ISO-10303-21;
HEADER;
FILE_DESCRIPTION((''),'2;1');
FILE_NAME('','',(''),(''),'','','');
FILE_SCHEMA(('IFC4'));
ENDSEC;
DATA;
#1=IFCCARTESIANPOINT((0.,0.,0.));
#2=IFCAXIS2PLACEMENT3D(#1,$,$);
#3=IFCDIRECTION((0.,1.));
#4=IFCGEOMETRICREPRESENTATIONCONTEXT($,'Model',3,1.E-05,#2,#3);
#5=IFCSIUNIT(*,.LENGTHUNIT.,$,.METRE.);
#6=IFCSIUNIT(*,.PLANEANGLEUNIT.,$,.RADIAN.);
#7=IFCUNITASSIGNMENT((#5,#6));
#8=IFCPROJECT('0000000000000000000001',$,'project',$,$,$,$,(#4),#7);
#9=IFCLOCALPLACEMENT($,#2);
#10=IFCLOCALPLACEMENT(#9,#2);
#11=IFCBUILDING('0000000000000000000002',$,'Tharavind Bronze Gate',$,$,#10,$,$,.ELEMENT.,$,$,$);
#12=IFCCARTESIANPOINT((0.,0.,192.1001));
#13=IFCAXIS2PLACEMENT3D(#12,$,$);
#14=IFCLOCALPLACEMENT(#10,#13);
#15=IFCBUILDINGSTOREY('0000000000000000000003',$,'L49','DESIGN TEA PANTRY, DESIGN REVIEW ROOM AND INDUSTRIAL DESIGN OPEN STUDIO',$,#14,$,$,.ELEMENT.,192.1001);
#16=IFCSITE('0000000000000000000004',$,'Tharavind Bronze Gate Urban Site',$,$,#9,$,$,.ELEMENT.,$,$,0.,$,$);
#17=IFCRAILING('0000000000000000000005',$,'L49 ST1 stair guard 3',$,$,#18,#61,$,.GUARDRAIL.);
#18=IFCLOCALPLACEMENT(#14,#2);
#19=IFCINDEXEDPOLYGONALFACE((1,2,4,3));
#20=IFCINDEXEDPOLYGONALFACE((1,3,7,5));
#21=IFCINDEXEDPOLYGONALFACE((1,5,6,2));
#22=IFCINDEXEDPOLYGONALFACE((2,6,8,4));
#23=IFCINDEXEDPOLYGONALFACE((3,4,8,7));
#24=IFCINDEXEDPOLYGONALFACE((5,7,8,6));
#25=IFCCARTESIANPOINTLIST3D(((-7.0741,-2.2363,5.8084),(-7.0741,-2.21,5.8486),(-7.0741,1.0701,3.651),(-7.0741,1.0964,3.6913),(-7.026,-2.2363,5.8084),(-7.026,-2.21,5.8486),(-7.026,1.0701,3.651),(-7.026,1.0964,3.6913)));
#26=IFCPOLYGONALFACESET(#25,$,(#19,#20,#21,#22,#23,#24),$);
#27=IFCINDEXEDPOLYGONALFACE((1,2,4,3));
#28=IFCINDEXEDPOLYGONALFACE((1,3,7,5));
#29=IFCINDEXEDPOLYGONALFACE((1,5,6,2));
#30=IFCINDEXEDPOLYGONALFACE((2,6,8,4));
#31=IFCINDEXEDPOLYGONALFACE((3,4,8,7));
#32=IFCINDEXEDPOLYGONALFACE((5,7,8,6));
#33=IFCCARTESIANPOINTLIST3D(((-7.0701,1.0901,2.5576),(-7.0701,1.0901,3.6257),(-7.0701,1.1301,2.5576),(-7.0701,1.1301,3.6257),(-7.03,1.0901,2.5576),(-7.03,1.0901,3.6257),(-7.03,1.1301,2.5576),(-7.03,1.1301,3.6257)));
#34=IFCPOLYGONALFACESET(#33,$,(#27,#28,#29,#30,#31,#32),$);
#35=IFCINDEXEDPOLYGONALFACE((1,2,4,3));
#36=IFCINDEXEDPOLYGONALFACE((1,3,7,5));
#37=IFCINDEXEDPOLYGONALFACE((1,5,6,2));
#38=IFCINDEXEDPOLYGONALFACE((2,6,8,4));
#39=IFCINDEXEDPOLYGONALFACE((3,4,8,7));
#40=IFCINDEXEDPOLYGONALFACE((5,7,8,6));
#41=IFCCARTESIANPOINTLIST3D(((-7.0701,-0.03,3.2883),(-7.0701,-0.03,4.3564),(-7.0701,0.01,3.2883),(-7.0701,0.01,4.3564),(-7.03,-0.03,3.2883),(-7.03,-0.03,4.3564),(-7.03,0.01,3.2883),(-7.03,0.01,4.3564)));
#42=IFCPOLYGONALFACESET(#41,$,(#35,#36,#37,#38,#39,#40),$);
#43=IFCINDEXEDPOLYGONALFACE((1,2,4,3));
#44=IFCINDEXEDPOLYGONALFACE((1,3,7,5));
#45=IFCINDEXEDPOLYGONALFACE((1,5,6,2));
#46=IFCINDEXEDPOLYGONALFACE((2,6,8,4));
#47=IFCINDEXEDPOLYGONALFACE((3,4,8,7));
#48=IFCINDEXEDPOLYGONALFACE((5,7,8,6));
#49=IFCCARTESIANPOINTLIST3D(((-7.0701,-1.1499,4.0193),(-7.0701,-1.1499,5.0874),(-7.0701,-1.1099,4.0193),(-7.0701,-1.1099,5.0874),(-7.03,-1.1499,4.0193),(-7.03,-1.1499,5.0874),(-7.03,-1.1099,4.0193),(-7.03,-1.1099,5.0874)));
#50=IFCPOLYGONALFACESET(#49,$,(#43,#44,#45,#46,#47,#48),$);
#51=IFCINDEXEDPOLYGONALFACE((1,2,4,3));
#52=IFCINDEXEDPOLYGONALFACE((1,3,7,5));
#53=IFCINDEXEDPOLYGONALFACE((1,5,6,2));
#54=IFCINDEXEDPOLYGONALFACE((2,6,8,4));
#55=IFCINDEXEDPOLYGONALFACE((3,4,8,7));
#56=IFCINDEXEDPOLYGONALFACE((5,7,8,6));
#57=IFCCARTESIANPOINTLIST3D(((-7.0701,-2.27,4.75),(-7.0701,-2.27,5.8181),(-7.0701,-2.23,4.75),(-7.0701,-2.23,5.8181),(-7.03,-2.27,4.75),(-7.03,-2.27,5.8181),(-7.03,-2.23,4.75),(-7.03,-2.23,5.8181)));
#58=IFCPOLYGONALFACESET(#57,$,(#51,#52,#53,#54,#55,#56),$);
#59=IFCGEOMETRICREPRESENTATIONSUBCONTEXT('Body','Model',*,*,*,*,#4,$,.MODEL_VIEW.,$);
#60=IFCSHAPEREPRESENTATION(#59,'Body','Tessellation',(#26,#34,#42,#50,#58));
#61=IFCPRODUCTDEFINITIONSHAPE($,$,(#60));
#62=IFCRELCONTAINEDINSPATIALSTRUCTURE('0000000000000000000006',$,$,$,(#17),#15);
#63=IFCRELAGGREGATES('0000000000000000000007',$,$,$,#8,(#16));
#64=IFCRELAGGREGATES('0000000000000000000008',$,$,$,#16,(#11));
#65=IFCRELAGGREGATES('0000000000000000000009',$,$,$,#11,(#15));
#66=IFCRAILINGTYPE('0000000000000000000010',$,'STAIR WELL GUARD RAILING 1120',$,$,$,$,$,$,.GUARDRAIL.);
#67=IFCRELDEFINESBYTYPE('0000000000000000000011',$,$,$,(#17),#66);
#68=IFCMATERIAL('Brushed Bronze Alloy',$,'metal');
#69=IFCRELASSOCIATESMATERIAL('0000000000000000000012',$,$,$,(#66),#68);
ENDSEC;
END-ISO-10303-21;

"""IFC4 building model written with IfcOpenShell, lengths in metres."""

from ifc_helpers import new_model, si_unit, direction, frame, origin, origin_2d, place, context, subcontext, project, spatial, rectangle, extrude, material, type_object, element, save


model = new_model("IFC4")

# Units and contexts
model_context = context("Model", 3, precision=1e-05, world=origin(), true_north=direction((0.0, 1.0)))
body_context = subcontext(model_context, "Body", "Model", "MODEL_VIEW")
ifc_project = project(units=[si_unit("LENGTHUNIT", "METRE"), si_unit("PLANEANGLEUNIT", "RADIAN")], contexts=[model_context])

# Site, building, storey
site_placement = place(None, origin())
site = spatial("IfcSite", under=ifc_project, at=site_placement, Name="Tharavind Bronze Gate Urban Site", CompositionType="ELEMENT", RefElevation=0.0)
building_placement = place(site_placement, origin())
building = spatial("IfcBuilding", under=site, at=building_placement, Name="Tharavind Bronze Gate", CompositionType="ELEMENT")
storey_placement = place(building_placement, frame((0.0, 0.0, 192.1001)))
storey = spatial("IfcBuildingStorey", under=building, at=storey_placement, Name="L49", Description="DESIGN TEA PANTRY, DESIGN REVIEW ROOM AND INDUSTRIAL DESIGN OPEN STUDIO", CompositionType="ELEMENT", Elevation=192.1001)

# Railing
ifc_material_1 = material(Name="Brushed Bronze Alloy", Category="metal")
railing_type_1 = type_object("IfcRailingType", Name="STAIR WELL GUARD RAILING 1120", PredefinedType="GUARDRAIL", material=ifc_material_1)
railing_1_placement = place(storey_placement, frame((-7.05, 1.1101, 2.5576)))
element("IfcRailing", 1, at=railing_1_placement, inside=storey, type_object=railing_type_1, Name="L49 ST1 stair guard 3", PredefinedType="GUARDRAIL", context=body_context, shape_type="SweptSolid", body=[
    extrude(rectangle(XDim=0.0481, YDim=0.0481, at=origin_2d()), frame((0.0, -0.0269, 1.1135), z_axis=(0.0, -0.837496, 0.546444), x_axis=(1.0, 0.0, 0.0)), (0.0, 0.0, 1.0), 3.948),
    extrude(rectangle(XDim=0.04, YDim=0.04, at=origin_2d()), origin(), (0.0, 0.0, 1.0), 1.0681),
    extrude(rectangle(XDim=0.04, YDim=0.04, at=origin_2d()), frame((0.0, -1.1201, 0.7307)), (0.0, 0.0, 1.0), 1.0681),
    extrude(rectangle(XDim=0.04, YDim=0.04, at=origin_2d()), frame((0.0, -2.24, 1.4617)), (0.0, 0.0, 1.0), 1.0681),
    extrude(rectangle(XDim=0.04, YDim=0.04, at=origin_2d()), frame((0.0, -3.3601, 2.1924)), (0.0, 0.0, 1.0), 1.0681),
])

save(model, "model.ifc")
